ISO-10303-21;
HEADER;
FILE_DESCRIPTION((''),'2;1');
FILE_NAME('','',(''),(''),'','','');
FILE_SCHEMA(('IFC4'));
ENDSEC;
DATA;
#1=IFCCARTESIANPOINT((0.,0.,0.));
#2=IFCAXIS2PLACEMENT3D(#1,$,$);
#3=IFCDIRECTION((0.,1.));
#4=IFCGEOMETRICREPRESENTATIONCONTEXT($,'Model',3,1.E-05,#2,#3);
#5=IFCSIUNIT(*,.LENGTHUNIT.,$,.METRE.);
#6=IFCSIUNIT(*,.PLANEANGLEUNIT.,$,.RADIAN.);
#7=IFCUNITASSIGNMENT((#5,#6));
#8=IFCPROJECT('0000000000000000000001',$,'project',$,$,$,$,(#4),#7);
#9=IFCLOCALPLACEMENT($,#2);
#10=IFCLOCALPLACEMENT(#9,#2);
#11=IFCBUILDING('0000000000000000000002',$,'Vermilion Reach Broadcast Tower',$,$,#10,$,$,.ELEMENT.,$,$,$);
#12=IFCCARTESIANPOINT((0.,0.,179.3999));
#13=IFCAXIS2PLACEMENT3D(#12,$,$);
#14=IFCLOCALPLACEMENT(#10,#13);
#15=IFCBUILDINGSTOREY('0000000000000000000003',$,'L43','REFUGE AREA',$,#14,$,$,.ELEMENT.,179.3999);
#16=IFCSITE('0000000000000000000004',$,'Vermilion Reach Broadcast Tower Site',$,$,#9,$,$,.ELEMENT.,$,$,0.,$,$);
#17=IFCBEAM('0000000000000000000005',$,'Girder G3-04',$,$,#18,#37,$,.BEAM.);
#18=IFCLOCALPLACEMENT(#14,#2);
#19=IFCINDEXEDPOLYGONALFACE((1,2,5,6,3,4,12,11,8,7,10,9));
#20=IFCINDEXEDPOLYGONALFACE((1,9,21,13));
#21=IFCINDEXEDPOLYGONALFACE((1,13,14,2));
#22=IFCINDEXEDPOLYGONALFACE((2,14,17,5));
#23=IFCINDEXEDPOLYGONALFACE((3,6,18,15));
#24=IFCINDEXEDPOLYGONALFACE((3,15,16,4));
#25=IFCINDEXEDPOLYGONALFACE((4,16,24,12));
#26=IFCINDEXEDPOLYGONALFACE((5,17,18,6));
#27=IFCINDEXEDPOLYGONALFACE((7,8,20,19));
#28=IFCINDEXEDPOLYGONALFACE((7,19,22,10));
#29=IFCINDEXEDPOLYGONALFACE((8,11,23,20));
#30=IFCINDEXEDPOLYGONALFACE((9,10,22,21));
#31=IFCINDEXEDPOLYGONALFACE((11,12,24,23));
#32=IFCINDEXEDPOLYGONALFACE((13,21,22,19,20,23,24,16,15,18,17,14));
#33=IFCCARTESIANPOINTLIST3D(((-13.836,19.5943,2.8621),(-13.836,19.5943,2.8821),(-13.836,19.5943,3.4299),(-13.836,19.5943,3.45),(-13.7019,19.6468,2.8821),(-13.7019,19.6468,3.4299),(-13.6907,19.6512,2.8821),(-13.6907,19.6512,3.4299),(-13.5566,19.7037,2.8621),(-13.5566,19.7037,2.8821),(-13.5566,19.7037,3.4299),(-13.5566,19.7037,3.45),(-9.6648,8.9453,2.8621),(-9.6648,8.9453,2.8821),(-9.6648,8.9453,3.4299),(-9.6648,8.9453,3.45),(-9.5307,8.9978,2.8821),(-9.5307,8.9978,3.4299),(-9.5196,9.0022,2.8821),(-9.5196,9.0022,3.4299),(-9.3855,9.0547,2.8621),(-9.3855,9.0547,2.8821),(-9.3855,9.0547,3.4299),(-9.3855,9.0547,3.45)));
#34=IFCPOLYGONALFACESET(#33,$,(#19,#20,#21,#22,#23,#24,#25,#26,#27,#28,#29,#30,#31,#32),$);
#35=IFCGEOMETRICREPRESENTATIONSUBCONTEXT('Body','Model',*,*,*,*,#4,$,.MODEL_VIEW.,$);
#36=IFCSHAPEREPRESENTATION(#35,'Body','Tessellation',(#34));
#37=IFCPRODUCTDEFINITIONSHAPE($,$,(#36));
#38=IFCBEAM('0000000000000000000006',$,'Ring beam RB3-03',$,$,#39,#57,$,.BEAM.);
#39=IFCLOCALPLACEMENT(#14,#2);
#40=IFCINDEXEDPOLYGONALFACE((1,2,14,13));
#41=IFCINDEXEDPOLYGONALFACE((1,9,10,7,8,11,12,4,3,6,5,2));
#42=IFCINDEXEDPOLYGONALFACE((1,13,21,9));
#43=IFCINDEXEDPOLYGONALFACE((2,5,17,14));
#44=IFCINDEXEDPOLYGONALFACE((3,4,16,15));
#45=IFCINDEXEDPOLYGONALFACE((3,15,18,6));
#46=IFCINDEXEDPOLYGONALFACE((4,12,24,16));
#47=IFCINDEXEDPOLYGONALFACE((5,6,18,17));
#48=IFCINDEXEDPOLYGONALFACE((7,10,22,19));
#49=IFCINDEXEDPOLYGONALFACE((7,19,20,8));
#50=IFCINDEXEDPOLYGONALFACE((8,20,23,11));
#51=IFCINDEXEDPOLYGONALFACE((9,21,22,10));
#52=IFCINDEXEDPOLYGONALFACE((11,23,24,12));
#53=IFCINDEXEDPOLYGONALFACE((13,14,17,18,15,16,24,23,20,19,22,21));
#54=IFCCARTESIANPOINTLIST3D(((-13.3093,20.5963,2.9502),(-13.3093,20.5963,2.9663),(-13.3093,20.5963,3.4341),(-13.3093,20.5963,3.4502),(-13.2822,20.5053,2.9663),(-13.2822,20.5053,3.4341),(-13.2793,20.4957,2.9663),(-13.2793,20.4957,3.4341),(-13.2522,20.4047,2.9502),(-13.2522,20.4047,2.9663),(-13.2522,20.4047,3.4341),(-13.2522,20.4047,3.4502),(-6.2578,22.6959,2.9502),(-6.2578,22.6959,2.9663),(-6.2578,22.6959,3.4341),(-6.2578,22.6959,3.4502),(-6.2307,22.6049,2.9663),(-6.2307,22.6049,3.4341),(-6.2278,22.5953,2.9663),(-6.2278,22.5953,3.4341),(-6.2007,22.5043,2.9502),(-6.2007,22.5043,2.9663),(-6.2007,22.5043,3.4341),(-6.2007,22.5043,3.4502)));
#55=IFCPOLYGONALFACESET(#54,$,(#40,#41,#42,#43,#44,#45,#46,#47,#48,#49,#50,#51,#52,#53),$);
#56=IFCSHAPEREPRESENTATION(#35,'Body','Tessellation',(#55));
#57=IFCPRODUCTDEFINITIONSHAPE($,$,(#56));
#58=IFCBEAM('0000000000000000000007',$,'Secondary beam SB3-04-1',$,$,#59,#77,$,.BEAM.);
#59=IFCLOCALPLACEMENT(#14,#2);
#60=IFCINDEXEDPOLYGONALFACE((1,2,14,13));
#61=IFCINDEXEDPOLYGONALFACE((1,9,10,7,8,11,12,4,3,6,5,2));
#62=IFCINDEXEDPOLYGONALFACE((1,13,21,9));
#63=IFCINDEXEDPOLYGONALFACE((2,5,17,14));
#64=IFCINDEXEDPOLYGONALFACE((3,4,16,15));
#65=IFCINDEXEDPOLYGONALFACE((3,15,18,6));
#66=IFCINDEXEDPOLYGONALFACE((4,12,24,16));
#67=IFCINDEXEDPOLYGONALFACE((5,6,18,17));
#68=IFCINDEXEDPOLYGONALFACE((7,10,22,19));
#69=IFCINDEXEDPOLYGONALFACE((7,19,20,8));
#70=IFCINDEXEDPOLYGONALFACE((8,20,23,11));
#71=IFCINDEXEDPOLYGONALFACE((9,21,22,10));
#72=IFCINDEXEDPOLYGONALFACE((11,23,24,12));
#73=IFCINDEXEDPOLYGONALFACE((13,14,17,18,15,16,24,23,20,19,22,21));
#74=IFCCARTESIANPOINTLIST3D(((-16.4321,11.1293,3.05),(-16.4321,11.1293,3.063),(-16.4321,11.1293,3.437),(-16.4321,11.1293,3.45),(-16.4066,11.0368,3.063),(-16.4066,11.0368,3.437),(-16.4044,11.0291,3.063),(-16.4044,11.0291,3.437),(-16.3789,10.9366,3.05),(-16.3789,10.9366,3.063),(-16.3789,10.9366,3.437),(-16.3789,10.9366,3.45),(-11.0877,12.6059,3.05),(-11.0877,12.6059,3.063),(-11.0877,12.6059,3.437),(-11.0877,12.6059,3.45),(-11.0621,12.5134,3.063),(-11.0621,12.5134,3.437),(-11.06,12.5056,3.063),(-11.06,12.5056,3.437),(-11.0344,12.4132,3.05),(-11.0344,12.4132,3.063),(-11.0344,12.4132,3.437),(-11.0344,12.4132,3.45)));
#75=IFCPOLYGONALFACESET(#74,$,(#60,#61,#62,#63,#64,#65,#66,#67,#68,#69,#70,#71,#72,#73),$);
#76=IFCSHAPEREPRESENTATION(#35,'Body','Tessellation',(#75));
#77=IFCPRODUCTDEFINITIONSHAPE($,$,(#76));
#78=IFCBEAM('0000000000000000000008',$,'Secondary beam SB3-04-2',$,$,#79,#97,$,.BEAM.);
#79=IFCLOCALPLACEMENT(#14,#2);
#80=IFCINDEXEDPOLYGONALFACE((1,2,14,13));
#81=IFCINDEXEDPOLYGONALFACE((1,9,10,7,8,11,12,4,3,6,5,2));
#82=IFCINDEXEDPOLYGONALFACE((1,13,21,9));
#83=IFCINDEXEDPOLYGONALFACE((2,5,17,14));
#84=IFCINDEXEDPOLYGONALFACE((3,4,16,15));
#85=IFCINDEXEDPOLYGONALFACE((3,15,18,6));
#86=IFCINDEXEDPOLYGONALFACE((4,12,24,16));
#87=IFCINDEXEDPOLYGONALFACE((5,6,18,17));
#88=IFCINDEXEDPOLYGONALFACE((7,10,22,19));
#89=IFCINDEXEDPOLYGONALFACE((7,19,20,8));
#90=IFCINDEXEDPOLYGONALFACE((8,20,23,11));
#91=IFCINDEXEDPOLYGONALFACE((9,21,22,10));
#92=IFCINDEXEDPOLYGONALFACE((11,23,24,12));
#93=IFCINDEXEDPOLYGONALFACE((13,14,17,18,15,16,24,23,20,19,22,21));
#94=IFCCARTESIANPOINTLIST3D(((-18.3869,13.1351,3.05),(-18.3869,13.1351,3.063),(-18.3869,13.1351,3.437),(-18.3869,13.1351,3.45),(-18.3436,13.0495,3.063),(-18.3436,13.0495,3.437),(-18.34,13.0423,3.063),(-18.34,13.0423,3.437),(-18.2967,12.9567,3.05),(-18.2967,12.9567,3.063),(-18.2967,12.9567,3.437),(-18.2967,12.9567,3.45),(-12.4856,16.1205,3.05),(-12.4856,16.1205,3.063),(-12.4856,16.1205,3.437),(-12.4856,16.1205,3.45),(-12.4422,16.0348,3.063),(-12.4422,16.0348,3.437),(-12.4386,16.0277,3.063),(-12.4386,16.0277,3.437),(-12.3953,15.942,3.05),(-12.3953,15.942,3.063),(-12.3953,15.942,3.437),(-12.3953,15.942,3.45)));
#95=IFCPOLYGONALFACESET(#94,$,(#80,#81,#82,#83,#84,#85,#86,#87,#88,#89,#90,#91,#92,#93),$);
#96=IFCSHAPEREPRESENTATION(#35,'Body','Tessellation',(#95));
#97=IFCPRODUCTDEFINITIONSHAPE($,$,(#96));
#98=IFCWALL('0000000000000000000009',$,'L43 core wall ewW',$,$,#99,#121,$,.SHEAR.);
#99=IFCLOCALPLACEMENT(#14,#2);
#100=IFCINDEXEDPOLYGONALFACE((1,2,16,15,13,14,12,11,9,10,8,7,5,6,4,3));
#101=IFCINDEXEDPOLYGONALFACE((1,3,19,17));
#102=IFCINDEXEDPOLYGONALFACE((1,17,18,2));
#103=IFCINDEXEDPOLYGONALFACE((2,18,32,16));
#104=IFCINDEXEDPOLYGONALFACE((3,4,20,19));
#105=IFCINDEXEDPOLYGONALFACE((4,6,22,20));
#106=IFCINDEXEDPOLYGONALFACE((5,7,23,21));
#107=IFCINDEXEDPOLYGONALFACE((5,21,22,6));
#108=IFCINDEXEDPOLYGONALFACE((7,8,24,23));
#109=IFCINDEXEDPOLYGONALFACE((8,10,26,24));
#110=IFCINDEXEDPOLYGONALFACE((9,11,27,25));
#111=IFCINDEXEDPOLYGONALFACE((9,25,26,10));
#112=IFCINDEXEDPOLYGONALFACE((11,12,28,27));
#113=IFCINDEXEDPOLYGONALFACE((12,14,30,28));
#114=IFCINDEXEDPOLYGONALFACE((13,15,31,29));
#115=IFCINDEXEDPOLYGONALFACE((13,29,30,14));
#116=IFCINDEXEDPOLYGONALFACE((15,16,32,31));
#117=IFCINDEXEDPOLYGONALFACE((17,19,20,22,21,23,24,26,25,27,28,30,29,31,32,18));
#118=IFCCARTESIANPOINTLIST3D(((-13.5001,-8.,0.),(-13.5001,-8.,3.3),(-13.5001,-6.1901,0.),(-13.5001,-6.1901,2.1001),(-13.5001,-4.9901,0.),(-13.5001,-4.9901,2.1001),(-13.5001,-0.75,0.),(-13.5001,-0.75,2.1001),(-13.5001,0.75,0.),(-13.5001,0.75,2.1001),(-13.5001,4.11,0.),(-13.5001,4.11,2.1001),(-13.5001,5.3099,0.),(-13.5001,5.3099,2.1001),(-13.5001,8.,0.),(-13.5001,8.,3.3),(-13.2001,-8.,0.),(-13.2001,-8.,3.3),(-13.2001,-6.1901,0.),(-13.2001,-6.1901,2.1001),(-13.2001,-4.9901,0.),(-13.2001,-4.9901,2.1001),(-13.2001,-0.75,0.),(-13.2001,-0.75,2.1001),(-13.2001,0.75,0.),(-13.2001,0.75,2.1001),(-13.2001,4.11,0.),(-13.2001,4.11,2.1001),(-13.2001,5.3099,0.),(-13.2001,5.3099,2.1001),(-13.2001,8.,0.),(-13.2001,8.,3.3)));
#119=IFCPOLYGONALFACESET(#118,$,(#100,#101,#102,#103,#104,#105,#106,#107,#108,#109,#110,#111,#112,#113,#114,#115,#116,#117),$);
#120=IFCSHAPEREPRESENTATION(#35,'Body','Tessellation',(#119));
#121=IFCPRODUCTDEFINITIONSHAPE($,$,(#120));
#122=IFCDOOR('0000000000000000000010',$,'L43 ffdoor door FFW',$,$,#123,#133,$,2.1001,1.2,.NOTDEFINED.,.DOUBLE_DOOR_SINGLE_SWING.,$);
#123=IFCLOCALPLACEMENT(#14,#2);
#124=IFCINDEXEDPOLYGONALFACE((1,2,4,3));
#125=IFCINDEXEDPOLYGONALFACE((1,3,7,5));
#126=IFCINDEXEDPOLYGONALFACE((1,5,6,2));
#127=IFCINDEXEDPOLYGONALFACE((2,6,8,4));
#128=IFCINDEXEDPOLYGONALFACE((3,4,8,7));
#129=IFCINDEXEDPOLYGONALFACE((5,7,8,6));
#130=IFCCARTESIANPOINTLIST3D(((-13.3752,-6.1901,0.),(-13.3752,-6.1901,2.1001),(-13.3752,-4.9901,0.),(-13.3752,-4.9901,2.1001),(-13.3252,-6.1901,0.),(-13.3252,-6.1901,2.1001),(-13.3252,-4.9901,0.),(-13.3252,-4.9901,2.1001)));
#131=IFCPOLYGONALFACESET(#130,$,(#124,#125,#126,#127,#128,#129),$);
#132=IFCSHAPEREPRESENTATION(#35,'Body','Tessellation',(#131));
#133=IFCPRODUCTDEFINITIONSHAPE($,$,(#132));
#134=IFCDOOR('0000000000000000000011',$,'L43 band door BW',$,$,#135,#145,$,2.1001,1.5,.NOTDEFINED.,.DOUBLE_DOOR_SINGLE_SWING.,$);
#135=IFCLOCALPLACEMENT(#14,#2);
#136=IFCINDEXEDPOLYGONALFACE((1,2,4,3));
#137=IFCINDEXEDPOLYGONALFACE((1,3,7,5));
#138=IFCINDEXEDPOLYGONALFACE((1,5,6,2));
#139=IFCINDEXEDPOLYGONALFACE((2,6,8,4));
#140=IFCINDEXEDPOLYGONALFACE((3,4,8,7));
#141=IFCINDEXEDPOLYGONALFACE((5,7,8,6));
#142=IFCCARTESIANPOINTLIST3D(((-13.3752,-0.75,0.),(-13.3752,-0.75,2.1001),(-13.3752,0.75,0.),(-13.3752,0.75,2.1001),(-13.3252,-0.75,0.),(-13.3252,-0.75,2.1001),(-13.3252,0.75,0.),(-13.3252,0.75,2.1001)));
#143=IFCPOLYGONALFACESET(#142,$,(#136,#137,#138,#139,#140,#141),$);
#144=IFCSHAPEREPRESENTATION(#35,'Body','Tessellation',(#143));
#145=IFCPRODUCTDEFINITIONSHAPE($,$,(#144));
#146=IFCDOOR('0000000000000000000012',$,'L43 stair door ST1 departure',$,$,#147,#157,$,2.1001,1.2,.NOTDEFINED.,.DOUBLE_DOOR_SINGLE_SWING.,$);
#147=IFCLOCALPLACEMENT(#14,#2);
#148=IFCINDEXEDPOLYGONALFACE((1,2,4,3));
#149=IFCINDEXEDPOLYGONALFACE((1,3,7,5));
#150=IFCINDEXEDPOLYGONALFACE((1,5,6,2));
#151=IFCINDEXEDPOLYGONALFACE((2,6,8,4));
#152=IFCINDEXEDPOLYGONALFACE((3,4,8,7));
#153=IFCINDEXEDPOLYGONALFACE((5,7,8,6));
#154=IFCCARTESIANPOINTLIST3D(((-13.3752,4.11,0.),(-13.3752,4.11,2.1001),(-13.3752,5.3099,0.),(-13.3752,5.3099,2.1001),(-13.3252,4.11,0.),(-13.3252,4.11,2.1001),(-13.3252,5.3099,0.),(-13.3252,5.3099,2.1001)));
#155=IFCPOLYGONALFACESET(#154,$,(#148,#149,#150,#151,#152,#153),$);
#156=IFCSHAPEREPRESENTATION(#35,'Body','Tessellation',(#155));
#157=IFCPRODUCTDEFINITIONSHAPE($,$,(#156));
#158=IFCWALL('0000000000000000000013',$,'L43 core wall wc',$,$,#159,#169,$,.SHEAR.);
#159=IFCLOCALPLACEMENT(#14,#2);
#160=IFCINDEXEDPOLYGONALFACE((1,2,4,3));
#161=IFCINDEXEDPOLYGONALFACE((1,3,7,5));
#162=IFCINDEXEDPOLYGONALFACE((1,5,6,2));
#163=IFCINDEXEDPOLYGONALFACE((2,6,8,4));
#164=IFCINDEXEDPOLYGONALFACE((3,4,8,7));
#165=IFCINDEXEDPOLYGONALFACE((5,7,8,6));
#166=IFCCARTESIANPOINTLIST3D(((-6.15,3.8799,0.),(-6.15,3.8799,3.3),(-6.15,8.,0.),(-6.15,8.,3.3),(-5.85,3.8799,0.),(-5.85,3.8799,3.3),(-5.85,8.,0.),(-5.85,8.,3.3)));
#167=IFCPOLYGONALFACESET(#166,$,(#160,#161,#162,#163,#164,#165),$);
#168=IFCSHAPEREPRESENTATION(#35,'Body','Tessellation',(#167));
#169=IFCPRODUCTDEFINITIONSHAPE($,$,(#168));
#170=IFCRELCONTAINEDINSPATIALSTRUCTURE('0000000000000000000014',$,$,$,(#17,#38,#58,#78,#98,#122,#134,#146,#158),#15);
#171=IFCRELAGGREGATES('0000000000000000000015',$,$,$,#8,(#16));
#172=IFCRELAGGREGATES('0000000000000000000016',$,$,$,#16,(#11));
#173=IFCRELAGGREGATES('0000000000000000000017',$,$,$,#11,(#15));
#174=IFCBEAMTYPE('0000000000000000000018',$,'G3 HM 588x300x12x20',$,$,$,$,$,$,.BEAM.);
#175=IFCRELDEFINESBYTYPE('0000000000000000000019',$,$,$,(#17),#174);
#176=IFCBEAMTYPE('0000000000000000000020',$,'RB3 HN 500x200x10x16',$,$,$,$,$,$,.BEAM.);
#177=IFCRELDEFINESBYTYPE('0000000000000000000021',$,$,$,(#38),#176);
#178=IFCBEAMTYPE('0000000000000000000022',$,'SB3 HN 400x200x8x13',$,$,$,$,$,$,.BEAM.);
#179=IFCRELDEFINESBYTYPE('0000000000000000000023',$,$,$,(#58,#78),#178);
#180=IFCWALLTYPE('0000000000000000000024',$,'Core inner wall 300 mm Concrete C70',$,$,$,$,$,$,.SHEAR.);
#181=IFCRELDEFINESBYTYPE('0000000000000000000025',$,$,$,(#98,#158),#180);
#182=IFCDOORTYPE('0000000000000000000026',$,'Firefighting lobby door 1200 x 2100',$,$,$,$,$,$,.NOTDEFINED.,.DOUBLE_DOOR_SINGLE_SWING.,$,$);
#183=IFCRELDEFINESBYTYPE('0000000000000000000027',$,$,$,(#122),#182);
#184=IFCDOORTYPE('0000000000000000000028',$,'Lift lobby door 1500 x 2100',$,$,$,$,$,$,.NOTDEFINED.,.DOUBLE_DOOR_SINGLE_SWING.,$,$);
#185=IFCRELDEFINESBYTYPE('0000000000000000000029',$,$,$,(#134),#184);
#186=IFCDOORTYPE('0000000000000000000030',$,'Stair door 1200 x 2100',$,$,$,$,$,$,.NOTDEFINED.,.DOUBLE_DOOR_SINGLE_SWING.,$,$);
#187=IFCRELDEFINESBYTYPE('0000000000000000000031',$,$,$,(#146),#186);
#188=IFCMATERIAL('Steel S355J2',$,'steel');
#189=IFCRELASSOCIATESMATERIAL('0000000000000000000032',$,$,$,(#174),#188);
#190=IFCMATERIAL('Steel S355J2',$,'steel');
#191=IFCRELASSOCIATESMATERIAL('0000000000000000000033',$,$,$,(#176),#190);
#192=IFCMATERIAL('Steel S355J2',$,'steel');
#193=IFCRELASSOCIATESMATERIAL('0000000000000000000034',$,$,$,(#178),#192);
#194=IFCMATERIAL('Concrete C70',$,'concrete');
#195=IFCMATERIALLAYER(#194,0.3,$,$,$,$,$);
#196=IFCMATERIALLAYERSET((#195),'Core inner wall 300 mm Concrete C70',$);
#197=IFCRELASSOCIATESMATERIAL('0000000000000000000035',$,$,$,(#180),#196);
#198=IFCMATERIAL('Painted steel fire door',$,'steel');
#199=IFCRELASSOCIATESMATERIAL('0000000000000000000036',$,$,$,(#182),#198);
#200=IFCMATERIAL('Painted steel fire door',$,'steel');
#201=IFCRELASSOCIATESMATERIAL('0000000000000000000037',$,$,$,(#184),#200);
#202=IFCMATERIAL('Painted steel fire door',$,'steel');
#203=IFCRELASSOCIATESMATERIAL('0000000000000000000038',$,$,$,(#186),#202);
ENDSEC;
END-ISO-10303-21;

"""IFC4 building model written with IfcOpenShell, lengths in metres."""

from ifc_helpers import new_model, si_unit, direction, frame, frame_2d, origin, origin_2d, place, context, subcontext, project, spatial, rectangle, i_section, extrude, material, layer, layer_set, material_profile, profile_set, type_object, element, fill, save


model = new_model("IFC4")

# Units and contexts
model_context = context("Model", 3, precision=1e-05, world=origin(), true_north=direction((0.0, 1.0)))
body_context = subcontext(model_context, "Body", "Model", "MODEL_VIEW")
ifc_project = project(units=[si_unit("LENGTHUNIT", "METRE"), si_unit("PLANEANGLEUNIT", "RADIAN")], contexts=[model_context])

# Site, building, storey
site_placement = place(None, origin())
site = spatial("IfcSite", under=ifc_project, at=site_placement, Name="Vermilion Reach Broadcast Tower Site", CompositionType="ELEMENT", RefElevation=0.0)
building_placement = place(site_placement, origin())
building = spatial("IfcBuilding", under=site, at=building_placement, Name="Vermilion Reach Broadcast Tower", CompositionType="ELEMENT")
storey_placement = place(building_placement, frame((0.0, 0.0, 179.3999)))
storey = spatial("IfcBuildingStorey", under=building, at=storey_placement, Name="L43", Description="REFUGE AREA", CompositionType="ELEMENT", Elevation=179.3999)

# Beams
ifc_material_1 = material(Name="Steel S355J2", Category="steel")
ifc_material_profile_1 = material_profile(ifc_material_1, i_section(OverallWidth=0.3, OverallDepth=0.5879, WebThickness=0.012, FlangeThickness=0.02, at=origin_2d()), Name="S355J2 HM 588x300x12x20")
ifc_profile_set_1 = profile_set([ifc_material_profile_1], Name="Steel S355J2")
beam_type_1 = type_object("IfcBeamType", Name="G3 HM 588x300x12x20", PredefinedType="BEAM", material=ifc_profile_set_1)
beam_1_placement = place(storey_placement, frame((-9.5251, 9.0, 3.156), z_axis=(-0.364716, 0.931119, 0.0), x_axis=(-0.931119, -0.364716, 0.0)))
element("IfcBeam", 1, at=beam_1_placement, inside=storey, type_object=beam_type_1, Name="Girder G3-04", PredefinedType="BEAM", context=body_context, shape_type="SweptSolid", body=[
    extrude(i_section(OverallWidth=0.3, OverallDepth=0.5879, WebThickness=0.012, FlangeThickness=0.02, at=origin_2d()), origin(), (0.0, 0.0, 1.0), 11.4368),
])
ifc_material_2 = material(Name="Steel S355J2", Category="steel")
ifc_material_profile_2 = material_profile(ifc_material_2, i_section(OverallWidth=0.2, OverallDepth=0.5, WebThickness=0.01, FlangeThickness=0.0161, at=origin_2d()), Name="S355J2 HN 500x200x10x16")
ifc_profile_set_2 = profile_set([ifc_material_profile_2], Name="Steel S355J2")
beam_type_2 = type_object("IfcBeamType", Name="RB3 HN 500x200x10x16", PredefinedType="BEAM", material=ifc_profile_set_2)
beam_2_placement = place(storey_placement, frame((-6.2292, 22.6001, 3.2002), z_axis=(-0.958417, -0.285372, 0.0), x_axis=(0.285372, -0.958417, 0.0)))
element("IfcBeam", 2, at=beam_2_placement, inside=storey, type_object=beam_type_2, Name="Ring beam RB3-03", PredefinedType="BEAM", context=body_context, shape_type="SweptSolid", body=[
    extrude(i_section(OverallWidth=0.2, OverallDepth=0.5, WebThickness=0.01, FlangeThickness=0.0161, at=origin_2d()), origin(), (0.0, 0.0, 1.0), 7.3574),
])
ifc_material_3 = material(Name="Steel S355J2", Category="steel")
ifc_material_profile_3 = material_profile(ifc_material_3, i_section(OverallWidth=0.2, OverallDepth=0.3999, WebThickness=0.0081, FlangeThickness=0.0129, at=origin_2d()), Name="S355J2 HN 400x200x8x13")
ifc_profile_set_3 = profile_set([ifc_material_profile_3], Name="Steel S355J2")
beam_type_3 = type_object("IfcBeamType", Name="SB3 HN 400x200x8x13", PredefinedType="BEAM", material=ifc_profile_set_3)
beam_3_placement = place(storey_placement, frame((-11.061, 12.5095, 3.25), z_axis=(-0.96389, -0.266301, 0.0), x_axis=(0.266301, -0.96389, 0.0)))
element("IfcBeam", 3, at=beam_3_placement, inside=storey, type_object=beam_type_3, Name="Secondary beam SB3-04-1", PredefinedType="BEAM", context=body_context, shape_type="SweptSolid", body=[
    extrude(i_section(OverallWidth=0.2, OverallDepth=0.3999, WebThickness=0.0081, FlangeThickness=0.0129, at=origin_2d()), origin(), (0.0, 0.0, 1.0), 5.5447),
])
beam_4_placement = place(storey_placement, frame((-12.4404, 16.0312, 3.25), z_axis=(-0.892321, -0.451402, 0.0), x_axis=(0.451402, -0.892321, 0.0)))
element("IfcBeam", 4, at=beam_4_placement, inside=storey, type_object=beam_type_3, Name="Secondary beam SB3-04-2", PredefinedType="BEAM", context=body_context, shape_type="SweptSolid", body=[
    extrude(i_section(OverallWidth=0.2, OverallDepth=0.3999, WebThickness=0.0081, FlangeThickness=0.0129, at=origin_2d()), origin(), (0.0, 0.0, 1.0), 6.6135),
])

# Wall, openings, doors
ifc_material_4 = material(Name="Concrete C70", Category="concrete")
ifc_layer_1 = layer(ifc_material_4, 0.3)
ifc_layer_set_1 = layer_set([ifc_layer_1], Name="Core inner wall 300 mm Concrete C70")
wall_type_1 = type_object("IfcWallType", Name="Core inner wall 300 mm Concrete C70", PredefinedType="SHEAR", material=ifc_layer_set_1)
wall_1_placement = place(storey_placement, frame((-13.3501, 8.0, 0.0), z_axis=(0.0, 0.0, 1.0), x_axis=(0.0, -1.0, 0.0)))
wall_1 = element("IfcWall", 5, at=wall_1_placement, inside=storey, type_object=wall_type_1, Name="L43 core wall ewW", PredefinedType="SHEAR", context=body_context, shape_type="SweptSolid", body=[
    extrude(rectangle(XDim=16.0, YDim=0.3, at=frame_2d((8.0, 0.0))), origin(), (0.0, 0.0, 1.0), 3.3),
])
opening_1_placement = place(wall_1_placement, frame((2.6899, 0.0, 0.0)))
opening_1 = element("IfcOpeningElement", 6, at=opening_1_placement, cuts=wall_1, PredefinedType="OPENING", context=body_context, shape_type="SweptSolid", body=[
    extrude(rectangle(XDim=1.2, YDim=2.1001, at=frame_2d((0.6001, 1.05))), frame((0.0, 0.1599, 0.0), z_axis=(0.0, -1.0, 0.0), x_axis=(1.0, 0.0, 0.0)), (0.0, 0.0, 1.0), 0.3201),
])
opening_2_placement = place(wall_1_placement, frame((12.99, 0.0, 0.0)))
opening_2 = element("IfcOpeningElement", 7, at=opening_2_placement, cuts=wall_1, PredefinedType="OPENING", context=body_context, shape_type="SweptSolid", body=[
    extrude(rectangle(XDim=1.2, YDim=2.1001, at=frame_2d((0.6001, 1.05))), frame((0.0, 0.1599, 0.0), z_axis=(0.0, -1.0, 0.0), x_axis=(1.0, 0.0, 0.0)), (0.0, 0.0, 1.0), 0.3201),
])
opening_3_placement = place(wall_1_placement, frame((7.25, 0.0, 0.0)))
opening_3 = element("IfcOpeningElement", 8, at=opening_3_placement, cuts=wall_1, PredefinedType="OPENING", context=body_context, shape_type="SweptSolid", body=[
    extrude(rectangle(XDim=1.5, YDim=2.1001, at=frame_2d((0.75, 1.05))), frame((0.0, 0.1599, 0.0), z_axis=(0.0, -1.0, 0.0), x_axis=(1.0, 0.0, 0.0)), (0.0, 0.0, 1.0), 0.3201),
])
ifc_material_5 = material(Name="Painted steel fire door", Category="steel")
door_type_1 = type_object("IfcDoorType", Name="Firefighting lobby door 1200 x 2100", OperationType="DOUBLE_DOOR_SINGLE_SWING", PredefinedType="NOTDEFINED", material=ifc_material_5)
door_1_placement = place(opening_2_placement, origin())
door_1 = element("IfcDoor", 9, at=door_1_placement, inside=storey, type_object=door_type_1, Name="L43 ffdoor door FFW", OperationType="DOUBLE_DOOR_SINGLE_SWING", OverallHeight=2.1001, OverallWidth=1.2, PredefinedType="NOTDEFINED", context=body_context, shape_type="SweptSolid", body=[
    extrude(rectangle(XDim=1.2, YDim=2.1001, at=frame_2d((0.6001, 1.05))), frame((0.0, 0.0249, 0.0), z_axis=(0.0, -1.0, 0.0), x_axis=(1.0, 0.0, 0.0)), (0.0, 0.0, 1.0), 0.05),
])
fill(opening_2, door_1)
ifc_material_6 = material(Name="Painted steel fire door", Category="steel")
door_type_2 = type_object("IfcDoorType", Name="Lift lobby door 1500 x 2100", OperationType="DOUBLE_DOOR_SINGLE_SWING", PredefinedType="NOTDEFINED", material=ifc_material_6)
door_2_placement = place(opening_3_placement, origin())
door_2 = element("IfcDoor", 10, at=door_2_placement, inside=storey, type_object=door_type_2, Name="L43 band door BW", OperationType="DOUBLE_DOOR_SINGLE_SWING", OverallHeight=2.1001, OverallWidth=1.5, PredefinedType="NOTDEFINED", context=body_context, shape_type="SweptSolid", body=[
    extrude(rectangle(XDim=1.5, YDim=2.1001, at=frame_2d((0.75, 1.05))), frame((0.0, 0.0249, 0.0), z_axis=(0.0, -1.0, 0.0), x_axis=(1.0, 0.0, 0.0)), (0.0, 0.0, 1.0), 0.05),
])
fill(opening_3, door_2)
ifc_material_7 = material(Name="Painted steel fire door", Category="steel")
door_type_3 = type_object("IfcDoorType", Name="Stair door 1200 x 2100", OperationType="DOUBLE_DOOR_SINGLE_SWING", PredefinedType="NOTDEFINED", material=ifc_material_7)
door_3_placement = place(opening_1_placement, origin())
door_3 = element("IfcDoor", 11, at=door_3_placement, inside=storey, type_object=door_type_3, Name="L43 stair door ST1 departure", OperationType="DOUBLE_DOOR_SINGLE_SWING", OverallHeight=2.1001, OverallWidth=1.2, PredefinedType="NOTDEFINED", context=body_context, shape_type="SweptSolid", body=[
    extrude(rectangle(XDim=1.2, YDim=2.1001, at=frame_2d((0.6001, 1.05))), frame((0.0, 0.0249, 0.0), z_axis=(0.0, -1.0, 0.0), x_axis=(1.0, 0.0, 0.0)), (0.0, 0.0, 1.0), 0.05),
])
fill(opening_1, door_3)

# Wall
wall_2_placement = place(storey_placement, frame((-6.0, 3.8799, 0.0), z_axis=(0.0, 0.0, 1.0), x_axis=(0.0, 1.0, 0.0)))
element("IfcWall", 12, at=wall_2_placement, inside=storey, type_object=wall_type_1, Name="L43 core wall wc", PredefinedType="SHEAR", context=body_context, shape_type="SweptSolid", body=[
    extrude(rectangle(XDim=4.1201, YDim=0.3, at=frame_2d((2.0601, 0.0))), origin(), (0.0, 0.0, 1.0), 3.3),
])

save(model, "model.ifc")
